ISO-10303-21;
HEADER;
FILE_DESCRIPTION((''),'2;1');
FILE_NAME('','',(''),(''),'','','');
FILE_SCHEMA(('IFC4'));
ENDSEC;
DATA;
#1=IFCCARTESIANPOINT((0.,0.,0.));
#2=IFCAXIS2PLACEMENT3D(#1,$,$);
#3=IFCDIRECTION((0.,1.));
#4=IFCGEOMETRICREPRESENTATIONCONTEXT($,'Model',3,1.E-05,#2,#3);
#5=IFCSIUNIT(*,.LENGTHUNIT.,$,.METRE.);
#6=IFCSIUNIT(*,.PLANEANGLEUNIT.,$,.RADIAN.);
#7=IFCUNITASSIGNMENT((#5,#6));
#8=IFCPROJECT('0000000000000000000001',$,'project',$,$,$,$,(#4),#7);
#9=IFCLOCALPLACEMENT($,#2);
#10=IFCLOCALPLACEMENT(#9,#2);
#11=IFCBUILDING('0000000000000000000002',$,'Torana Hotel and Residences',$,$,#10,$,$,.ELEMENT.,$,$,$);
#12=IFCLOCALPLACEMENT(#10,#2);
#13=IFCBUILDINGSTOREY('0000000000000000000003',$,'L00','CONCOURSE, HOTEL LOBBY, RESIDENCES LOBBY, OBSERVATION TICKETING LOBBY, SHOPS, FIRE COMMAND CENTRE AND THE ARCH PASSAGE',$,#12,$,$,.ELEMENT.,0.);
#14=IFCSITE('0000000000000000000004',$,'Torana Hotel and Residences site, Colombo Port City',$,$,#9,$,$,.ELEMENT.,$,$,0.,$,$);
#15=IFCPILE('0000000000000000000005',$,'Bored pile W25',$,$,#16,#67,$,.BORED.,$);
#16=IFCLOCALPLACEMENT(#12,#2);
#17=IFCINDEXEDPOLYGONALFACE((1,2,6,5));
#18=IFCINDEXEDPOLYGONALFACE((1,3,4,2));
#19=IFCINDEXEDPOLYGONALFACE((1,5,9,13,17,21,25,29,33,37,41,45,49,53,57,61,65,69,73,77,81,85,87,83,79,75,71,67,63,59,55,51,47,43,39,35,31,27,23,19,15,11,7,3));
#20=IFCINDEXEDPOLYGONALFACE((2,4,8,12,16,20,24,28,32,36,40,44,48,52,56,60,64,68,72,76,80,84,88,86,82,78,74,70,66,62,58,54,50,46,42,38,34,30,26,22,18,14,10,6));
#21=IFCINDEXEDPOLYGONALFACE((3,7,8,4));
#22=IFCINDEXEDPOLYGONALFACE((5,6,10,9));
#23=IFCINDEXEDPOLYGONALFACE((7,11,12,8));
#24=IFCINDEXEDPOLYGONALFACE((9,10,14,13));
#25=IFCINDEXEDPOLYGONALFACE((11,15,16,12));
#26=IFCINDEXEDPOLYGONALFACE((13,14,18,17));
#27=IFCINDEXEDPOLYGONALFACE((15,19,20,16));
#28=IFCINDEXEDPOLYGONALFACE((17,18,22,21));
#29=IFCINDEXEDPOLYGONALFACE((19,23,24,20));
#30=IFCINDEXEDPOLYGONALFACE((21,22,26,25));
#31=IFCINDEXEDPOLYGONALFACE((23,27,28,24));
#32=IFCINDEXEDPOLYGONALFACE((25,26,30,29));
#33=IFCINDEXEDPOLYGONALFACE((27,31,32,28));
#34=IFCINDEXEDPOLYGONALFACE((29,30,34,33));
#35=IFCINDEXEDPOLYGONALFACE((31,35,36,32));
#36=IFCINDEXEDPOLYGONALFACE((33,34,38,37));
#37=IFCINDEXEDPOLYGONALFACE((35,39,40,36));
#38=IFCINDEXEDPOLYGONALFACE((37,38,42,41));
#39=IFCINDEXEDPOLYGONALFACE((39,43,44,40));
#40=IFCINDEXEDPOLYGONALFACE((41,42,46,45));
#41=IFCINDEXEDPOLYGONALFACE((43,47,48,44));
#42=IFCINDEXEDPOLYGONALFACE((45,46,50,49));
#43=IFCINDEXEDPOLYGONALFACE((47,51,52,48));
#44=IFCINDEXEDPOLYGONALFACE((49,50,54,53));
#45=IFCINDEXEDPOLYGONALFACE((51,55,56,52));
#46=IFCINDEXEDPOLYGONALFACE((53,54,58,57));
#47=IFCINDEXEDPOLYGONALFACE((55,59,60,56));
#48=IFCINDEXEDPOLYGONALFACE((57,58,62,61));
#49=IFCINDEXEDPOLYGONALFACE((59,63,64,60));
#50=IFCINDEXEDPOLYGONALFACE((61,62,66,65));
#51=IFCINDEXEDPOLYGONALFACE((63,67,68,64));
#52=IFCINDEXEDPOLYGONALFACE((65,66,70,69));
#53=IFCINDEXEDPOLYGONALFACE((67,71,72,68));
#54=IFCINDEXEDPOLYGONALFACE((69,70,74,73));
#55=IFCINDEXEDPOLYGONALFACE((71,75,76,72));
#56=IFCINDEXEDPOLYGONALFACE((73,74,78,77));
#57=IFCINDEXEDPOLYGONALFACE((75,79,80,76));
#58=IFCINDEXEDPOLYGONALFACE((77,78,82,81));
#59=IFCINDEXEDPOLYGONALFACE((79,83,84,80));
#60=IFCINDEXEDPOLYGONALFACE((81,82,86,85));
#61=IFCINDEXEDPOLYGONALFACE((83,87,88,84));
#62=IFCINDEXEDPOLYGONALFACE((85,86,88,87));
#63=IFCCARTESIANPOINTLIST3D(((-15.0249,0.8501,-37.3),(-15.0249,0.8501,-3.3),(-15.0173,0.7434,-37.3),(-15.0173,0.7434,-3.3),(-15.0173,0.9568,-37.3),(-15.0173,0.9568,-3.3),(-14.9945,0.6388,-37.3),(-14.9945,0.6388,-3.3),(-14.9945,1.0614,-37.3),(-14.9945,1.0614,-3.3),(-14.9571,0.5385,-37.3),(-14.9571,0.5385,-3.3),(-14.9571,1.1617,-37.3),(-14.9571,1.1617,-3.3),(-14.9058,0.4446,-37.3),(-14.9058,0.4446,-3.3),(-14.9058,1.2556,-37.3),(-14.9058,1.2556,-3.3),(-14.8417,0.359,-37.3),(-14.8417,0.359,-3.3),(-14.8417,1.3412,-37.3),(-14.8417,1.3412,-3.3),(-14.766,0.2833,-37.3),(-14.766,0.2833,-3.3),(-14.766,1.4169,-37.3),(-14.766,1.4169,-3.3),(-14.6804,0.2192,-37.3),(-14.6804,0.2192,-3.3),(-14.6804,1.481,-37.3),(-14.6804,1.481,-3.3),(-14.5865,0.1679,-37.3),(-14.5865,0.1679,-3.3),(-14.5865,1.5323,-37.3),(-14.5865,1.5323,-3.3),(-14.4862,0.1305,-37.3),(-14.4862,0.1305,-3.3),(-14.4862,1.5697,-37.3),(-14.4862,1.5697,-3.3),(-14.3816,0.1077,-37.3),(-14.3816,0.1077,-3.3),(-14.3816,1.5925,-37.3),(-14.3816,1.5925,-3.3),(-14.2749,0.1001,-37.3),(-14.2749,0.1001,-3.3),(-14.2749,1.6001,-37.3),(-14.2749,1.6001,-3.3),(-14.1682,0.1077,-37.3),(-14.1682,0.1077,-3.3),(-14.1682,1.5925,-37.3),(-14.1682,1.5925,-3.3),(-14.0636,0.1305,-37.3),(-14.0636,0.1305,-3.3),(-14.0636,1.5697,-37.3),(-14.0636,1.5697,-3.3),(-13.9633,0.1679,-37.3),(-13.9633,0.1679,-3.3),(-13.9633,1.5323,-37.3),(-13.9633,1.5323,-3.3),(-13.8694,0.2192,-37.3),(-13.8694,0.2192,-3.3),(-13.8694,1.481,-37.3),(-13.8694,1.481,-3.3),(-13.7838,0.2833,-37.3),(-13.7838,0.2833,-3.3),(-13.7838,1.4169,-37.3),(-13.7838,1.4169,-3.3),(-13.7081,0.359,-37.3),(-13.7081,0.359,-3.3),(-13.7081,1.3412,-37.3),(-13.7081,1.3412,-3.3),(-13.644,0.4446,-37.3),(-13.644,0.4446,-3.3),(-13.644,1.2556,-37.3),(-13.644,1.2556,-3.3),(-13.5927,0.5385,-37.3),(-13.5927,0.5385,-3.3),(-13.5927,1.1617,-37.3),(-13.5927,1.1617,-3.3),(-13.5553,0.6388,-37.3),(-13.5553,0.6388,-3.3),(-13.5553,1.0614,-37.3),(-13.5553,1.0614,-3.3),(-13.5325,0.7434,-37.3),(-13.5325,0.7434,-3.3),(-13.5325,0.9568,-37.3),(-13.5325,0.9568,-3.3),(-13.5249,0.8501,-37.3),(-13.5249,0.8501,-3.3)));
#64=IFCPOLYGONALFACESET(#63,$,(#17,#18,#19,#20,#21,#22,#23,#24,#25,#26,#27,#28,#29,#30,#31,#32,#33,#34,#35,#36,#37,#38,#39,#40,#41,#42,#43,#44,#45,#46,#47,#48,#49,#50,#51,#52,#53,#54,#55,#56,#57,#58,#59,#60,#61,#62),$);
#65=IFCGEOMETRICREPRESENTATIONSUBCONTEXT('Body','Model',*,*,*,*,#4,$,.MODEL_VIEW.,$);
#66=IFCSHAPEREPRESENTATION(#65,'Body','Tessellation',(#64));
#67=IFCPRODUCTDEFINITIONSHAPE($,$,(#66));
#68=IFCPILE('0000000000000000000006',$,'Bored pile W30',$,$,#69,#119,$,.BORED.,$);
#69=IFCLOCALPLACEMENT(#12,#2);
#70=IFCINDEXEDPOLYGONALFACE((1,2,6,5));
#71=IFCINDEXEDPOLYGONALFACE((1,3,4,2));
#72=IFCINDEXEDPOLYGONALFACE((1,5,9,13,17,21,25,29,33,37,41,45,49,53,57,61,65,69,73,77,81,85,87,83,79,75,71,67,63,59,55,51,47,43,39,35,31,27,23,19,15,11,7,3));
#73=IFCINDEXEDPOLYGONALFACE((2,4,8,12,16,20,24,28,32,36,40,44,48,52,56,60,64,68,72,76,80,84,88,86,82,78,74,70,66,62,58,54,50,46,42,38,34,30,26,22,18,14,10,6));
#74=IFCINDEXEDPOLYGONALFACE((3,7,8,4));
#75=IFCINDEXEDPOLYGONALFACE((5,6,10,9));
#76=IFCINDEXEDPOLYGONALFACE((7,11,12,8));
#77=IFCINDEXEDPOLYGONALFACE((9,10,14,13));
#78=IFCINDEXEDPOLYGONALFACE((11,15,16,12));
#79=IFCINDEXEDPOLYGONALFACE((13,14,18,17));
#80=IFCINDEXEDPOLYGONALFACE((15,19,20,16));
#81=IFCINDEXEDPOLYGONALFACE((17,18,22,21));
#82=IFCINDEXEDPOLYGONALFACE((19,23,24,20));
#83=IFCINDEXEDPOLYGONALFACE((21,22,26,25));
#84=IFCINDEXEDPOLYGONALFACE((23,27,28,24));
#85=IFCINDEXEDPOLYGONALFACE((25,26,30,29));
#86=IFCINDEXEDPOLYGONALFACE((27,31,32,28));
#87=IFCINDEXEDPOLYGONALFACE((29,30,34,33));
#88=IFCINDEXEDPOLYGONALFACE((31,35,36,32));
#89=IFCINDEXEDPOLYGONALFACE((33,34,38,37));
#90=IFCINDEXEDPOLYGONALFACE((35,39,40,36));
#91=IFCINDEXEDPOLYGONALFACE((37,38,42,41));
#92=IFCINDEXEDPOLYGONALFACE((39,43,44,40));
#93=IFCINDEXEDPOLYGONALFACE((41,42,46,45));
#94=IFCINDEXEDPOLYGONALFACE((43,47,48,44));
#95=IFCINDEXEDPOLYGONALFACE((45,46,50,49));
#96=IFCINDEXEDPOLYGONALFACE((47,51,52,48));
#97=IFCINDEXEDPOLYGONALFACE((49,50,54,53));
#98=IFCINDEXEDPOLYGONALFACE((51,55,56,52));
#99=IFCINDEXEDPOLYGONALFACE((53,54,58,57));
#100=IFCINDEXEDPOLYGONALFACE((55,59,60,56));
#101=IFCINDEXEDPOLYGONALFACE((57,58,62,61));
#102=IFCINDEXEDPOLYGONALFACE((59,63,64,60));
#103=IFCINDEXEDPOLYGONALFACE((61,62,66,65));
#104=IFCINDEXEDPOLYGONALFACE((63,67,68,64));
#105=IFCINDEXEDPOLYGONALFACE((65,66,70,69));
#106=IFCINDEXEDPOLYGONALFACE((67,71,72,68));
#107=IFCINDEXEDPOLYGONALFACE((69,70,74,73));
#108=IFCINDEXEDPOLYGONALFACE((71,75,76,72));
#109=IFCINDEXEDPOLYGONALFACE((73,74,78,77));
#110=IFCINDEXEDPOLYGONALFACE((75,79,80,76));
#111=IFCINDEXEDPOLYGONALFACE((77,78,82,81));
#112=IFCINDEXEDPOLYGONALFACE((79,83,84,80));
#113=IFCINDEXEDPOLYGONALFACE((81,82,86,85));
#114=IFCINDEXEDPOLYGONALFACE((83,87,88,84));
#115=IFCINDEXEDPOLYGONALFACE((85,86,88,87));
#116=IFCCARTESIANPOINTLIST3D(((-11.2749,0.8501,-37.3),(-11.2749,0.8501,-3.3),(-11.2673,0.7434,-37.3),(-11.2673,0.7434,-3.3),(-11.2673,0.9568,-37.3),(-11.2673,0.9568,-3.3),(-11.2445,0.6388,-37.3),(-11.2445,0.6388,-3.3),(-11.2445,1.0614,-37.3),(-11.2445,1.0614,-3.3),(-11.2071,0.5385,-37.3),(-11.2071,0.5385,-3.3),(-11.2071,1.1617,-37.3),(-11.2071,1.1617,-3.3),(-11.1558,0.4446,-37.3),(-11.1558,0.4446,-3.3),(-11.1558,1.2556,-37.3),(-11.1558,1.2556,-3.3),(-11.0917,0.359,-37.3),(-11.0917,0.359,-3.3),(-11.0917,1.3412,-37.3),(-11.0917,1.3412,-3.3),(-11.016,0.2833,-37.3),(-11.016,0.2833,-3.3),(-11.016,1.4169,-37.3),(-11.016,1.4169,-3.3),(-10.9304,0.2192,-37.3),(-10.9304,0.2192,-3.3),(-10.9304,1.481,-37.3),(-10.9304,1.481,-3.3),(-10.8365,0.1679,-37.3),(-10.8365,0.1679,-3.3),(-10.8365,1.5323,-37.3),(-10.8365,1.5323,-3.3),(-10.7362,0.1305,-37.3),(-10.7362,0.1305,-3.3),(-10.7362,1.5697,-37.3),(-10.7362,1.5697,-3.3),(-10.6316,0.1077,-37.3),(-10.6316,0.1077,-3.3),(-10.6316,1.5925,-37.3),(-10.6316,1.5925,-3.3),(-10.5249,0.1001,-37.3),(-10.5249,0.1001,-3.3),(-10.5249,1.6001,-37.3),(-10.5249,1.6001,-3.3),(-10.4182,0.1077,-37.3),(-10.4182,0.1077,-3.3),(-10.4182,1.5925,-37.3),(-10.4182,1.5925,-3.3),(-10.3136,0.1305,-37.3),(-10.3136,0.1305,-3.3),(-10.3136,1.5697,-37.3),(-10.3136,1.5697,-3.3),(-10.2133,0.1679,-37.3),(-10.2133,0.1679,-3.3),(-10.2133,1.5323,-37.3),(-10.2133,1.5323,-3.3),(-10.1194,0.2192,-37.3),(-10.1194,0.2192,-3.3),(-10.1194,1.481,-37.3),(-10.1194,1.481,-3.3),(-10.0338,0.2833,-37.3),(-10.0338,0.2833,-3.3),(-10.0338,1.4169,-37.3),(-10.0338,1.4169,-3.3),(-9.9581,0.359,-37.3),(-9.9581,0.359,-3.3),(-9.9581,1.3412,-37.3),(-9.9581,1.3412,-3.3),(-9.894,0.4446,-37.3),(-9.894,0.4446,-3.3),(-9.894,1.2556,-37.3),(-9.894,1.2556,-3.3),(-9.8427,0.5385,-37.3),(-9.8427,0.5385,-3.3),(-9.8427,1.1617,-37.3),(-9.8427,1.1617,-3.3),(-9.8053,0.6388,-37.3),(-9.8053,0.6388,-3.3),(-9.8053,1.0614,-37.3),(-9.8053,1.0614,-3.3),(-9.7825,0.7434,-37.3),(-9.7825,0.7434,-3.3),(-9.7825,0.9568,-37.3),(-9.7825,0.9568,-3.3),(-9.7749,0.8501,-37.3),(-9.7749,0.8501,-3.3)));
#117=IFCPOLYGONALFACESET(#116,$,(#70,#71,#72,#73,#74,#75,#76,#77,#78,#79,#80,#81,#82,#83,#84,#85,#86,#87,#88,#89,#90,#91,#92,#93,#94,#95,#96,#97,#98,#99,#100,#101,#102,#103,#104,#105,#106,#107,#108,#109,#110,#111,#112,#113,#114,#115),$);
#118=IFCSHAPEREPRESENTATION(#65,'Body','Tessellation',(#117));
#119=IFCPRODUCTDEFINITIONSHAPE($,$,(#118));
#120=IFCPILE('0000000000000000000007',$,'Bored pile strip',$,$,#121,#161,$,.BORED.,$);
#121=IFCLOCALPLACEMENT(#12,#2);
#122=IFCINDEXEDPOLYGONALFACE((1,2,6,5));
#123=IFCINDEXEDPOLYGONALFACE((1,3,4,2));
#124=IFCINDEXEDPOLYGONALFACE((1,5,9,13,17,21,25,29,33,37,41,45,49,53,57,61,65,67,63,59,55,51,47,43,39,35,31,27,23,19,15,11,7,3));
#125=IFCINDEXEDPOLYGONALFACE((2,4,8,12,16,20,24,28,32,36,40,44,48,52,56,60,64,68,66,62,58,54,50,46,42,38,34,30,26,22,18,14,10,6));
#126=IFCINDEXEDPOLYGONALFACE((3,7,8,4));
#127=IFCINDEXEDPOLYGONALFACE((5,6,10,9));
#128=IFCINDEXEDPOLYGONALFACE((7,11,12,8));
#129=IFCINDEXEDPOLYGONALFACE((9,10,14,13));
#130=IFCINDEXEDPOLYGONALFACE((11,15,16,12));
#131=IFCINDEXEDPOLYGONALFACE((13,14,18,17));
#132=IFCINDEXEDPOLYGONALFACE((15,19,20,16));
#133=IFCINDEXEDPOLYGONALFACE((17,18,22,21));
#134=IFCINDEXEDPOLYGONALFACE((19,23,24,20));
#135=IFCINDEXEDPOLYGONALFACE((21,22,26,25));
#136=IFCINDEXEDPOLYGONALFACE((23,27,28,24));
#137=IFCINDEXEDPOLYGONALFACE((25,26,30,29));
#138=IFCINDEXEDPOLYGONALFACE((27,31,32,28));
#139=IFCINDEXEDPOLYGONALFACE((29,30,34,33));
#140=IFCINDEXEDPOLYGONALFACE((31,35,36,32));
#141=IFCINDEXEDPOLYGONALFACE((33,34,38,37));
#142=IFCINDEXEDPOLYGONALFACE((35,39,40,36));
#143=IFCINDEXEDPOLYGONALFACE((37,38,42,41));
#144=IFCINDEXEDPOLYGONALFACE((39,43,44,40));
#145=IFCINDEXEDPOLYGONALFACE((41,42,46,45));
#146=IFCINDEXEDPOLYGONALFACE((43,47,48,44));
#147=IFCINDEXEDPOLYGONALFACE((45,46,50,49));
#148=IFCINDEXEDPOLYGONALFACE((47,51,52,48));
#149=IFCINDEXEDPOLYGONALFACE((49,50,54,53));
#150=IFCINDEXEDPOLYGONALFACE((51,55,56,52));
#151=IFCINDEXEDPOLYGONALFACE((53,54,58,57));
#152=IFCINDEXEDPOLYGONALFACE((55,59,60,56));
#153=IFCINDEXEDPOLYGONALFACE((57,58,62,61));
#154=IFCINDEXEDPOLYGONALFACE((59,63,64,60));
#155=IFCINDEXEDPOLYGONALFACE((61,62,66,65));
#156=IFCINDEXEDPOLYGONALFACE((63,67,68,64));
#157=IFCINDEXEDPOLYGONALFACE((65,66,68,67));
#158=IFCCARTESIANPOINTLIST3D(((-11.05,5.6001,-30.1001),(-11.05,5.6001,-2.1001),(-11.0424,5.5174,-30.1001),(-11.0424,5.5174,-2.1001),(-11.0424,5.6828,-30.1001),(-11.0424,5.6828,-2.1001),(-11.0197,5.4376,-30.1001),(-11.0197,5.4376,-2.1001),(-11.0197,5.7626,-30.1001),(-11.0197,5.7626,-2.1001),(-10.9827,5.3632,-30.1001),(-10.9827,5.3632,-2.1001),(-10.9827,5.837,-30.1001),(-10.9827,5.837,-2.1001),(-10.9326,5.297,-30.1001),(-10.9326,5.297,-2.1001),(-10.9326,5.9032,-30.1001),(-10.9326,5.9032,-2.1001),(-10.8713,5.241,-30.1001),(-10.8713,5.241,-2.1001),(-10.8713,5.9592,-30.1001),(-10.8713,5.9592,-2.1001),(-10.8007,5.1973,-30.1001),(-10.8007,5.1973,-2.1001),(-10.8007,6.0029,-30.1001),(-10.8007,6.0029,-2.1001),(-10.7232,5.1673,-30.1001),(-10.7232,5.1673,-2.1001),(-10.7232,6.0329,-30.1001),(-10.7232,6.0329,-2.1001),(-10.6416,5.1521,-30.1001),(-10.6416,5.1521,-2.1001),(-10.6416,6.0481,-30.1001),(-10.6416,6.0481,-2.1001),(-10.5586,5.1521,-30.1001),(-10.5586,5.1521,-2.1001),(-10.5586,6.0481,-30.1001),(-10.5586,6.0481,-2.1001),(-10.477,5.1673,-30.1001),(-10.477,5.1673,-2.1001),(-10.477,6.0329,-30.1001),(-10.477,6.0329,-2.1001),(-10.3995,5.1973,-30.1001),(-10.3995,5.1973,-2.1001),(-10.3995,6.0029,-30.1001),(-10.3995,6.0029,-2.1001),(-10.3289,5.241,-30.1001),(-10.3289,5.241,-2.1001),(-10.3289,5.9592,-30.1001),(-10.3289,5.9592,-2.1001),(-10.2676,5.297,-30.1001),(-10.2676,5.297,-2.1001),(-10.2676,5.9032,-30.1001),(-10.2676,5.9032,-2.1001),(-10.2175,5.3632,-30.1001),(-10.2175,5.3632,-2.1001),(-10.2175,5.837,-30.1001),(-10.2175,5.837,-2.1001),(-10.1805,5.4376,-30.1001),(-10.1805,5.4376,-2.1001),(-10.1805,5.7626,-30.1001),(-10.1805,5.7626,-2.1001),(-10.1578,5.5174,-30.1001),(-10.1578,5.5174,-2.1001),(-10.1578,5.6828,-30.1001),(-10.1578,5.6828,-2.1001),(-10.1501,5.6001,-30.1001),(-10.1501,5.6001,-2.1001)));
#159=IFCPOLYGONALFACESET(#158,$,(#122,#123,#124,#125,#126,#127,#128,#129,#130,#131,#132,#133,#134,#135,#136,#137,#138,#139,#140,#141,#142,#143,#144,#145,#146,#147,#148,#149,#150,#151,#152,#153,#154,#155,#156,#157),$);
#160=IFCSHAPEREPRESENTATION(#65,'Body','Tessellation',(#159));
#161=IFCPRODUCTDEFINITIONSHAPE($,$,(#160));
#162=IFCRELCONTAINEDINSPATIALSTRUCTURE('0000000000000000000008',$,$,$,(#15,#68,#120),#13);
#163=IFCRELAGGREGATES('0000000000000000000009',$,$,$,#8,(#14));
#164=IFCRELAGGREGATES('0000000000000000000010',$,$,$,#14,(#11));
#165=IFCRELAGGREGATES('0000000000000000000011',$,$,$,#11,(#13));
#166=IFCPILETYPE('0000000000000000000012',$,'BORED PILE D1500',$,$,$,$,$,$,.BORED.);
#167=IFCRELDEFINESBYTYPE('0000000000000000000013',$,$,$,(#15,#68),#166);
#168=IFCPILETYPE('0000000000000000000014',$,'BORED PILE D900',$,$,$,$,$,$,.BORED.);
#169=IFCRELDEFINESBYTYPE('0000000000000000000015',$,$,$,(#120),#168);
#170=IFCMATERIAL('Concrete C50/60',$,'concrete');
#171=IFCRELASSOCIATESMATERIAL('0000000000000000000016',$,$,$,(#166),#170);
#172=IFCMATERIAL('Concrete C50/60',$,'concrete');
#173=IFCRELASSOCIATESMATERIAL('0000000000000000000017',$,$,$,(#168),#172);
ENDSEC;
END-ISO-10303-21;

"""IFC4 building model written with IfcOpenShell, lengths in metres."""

from ifc_helpers import new_model, si_unit, direction, frame, origin, origin_2d, place, context, subcontext, project, spatial, circle, extrude, material, type_object, element, save


model = new_model("IFC4")

# Units and contexts
model_context = context("Model", 3, precision=1e-05, world=origin(), true_north=direction((0.0, 1.0)))
body_context = subcontext(model_context, "Body", "Model", "MODEL_VIEW")
ifc_project = project(units=[si_unit("LENGTHUNIT", "METRE"), si_unit("PLANEANGLEUNIT", "RADIAN")], contexts=[model_context])

# Site, building, storey
site_placement = place(None, origin())
site = spatial("IfcSite", under=ifc_project, at=site_placement, Name="Torana Hotel and Residences site, Colombo Port City", CompositionType="ELEMENT", RefElevation=0.0)
building_placement = place(site_placement, origin())
building = spatial("IfcBuilding", under=site, at=building_placement, Name="Torana Hotel and Residences", CompositionType="ELEMENT")
storey_placement = place(building_placement, origin())
storey = spatial("IfcBuildingStorey", under=building, at=storey_placement, Name="L00", Description="CONCOURSE, HOTEL LOBBY, RESIDENCES LOBBY, OBSERVATION TICKETING LOBBY, SHOPS, FIRE COMMAND CENTRE AND THE ARCH PASSAGE", CompositionType="ELEMENT", Elevation=0.0)

# Piles
ifc_material_1 = material(Name="Concrete C50/60", Category="concrete")
pile_type_1 = type_object("IfcPileType", Name="BORED PILE D1500", PredefinedType="BORED", material=ifc_material_1)
for number, where, z_axis, x_axis, name in (
    (1, (-14.2749, 0.8501, -3.3), (0.0, 0.0, -1.0), (1.0, 0.0, 0.0), "Bored pile W25"),
    (2, (-10.5249, 0.8501, -3.3), (0.0, 0.0, -1.0), (1.0, 0.0, 0.0), "Bored pile W30"),
):
    element("IfcPile", number, at=place(storey_placement, frame(where, z_axis=z_axis, x_axis=x_axis)), inside=storey, type_object=pile_type_1, Name=name, PredefinedType="BORED", context=body_context, shape_type="SweptSolid", body=[
        extrude(circle(Radius=0.75, at=origin_2d()), origin(), (0.0, 0.0, 1.0), 34.0),
    ])
ifc_material_2 = material(Name="Concrete C50/60", Category="concrete")
pile_type_2 = type_object("IfcPileType", Name="BORED PILE D900", PredefinedType="BORED", material=ifc_material_2)
pile_placement = place(storey_placement, frame((-10.6001, 5.6001, -2.1001), z_axis=(0.0, 0.0, -1.0), x_axis=(1.0, 0.0, 0.0)))
element("IfcPile", 3, at=pile_placement, inside=storey, type_object=pile_type_2, Name="Bored pile strip", PredefinedType="BORED", context=body_context, shape_type="SweptSolid", body=[
    extrude(circle(Radius=0.45, at=origin_2d()), origin(), (0.0, 0.0, 1.0), 28.0),
])

save(model, "model.ifc")
